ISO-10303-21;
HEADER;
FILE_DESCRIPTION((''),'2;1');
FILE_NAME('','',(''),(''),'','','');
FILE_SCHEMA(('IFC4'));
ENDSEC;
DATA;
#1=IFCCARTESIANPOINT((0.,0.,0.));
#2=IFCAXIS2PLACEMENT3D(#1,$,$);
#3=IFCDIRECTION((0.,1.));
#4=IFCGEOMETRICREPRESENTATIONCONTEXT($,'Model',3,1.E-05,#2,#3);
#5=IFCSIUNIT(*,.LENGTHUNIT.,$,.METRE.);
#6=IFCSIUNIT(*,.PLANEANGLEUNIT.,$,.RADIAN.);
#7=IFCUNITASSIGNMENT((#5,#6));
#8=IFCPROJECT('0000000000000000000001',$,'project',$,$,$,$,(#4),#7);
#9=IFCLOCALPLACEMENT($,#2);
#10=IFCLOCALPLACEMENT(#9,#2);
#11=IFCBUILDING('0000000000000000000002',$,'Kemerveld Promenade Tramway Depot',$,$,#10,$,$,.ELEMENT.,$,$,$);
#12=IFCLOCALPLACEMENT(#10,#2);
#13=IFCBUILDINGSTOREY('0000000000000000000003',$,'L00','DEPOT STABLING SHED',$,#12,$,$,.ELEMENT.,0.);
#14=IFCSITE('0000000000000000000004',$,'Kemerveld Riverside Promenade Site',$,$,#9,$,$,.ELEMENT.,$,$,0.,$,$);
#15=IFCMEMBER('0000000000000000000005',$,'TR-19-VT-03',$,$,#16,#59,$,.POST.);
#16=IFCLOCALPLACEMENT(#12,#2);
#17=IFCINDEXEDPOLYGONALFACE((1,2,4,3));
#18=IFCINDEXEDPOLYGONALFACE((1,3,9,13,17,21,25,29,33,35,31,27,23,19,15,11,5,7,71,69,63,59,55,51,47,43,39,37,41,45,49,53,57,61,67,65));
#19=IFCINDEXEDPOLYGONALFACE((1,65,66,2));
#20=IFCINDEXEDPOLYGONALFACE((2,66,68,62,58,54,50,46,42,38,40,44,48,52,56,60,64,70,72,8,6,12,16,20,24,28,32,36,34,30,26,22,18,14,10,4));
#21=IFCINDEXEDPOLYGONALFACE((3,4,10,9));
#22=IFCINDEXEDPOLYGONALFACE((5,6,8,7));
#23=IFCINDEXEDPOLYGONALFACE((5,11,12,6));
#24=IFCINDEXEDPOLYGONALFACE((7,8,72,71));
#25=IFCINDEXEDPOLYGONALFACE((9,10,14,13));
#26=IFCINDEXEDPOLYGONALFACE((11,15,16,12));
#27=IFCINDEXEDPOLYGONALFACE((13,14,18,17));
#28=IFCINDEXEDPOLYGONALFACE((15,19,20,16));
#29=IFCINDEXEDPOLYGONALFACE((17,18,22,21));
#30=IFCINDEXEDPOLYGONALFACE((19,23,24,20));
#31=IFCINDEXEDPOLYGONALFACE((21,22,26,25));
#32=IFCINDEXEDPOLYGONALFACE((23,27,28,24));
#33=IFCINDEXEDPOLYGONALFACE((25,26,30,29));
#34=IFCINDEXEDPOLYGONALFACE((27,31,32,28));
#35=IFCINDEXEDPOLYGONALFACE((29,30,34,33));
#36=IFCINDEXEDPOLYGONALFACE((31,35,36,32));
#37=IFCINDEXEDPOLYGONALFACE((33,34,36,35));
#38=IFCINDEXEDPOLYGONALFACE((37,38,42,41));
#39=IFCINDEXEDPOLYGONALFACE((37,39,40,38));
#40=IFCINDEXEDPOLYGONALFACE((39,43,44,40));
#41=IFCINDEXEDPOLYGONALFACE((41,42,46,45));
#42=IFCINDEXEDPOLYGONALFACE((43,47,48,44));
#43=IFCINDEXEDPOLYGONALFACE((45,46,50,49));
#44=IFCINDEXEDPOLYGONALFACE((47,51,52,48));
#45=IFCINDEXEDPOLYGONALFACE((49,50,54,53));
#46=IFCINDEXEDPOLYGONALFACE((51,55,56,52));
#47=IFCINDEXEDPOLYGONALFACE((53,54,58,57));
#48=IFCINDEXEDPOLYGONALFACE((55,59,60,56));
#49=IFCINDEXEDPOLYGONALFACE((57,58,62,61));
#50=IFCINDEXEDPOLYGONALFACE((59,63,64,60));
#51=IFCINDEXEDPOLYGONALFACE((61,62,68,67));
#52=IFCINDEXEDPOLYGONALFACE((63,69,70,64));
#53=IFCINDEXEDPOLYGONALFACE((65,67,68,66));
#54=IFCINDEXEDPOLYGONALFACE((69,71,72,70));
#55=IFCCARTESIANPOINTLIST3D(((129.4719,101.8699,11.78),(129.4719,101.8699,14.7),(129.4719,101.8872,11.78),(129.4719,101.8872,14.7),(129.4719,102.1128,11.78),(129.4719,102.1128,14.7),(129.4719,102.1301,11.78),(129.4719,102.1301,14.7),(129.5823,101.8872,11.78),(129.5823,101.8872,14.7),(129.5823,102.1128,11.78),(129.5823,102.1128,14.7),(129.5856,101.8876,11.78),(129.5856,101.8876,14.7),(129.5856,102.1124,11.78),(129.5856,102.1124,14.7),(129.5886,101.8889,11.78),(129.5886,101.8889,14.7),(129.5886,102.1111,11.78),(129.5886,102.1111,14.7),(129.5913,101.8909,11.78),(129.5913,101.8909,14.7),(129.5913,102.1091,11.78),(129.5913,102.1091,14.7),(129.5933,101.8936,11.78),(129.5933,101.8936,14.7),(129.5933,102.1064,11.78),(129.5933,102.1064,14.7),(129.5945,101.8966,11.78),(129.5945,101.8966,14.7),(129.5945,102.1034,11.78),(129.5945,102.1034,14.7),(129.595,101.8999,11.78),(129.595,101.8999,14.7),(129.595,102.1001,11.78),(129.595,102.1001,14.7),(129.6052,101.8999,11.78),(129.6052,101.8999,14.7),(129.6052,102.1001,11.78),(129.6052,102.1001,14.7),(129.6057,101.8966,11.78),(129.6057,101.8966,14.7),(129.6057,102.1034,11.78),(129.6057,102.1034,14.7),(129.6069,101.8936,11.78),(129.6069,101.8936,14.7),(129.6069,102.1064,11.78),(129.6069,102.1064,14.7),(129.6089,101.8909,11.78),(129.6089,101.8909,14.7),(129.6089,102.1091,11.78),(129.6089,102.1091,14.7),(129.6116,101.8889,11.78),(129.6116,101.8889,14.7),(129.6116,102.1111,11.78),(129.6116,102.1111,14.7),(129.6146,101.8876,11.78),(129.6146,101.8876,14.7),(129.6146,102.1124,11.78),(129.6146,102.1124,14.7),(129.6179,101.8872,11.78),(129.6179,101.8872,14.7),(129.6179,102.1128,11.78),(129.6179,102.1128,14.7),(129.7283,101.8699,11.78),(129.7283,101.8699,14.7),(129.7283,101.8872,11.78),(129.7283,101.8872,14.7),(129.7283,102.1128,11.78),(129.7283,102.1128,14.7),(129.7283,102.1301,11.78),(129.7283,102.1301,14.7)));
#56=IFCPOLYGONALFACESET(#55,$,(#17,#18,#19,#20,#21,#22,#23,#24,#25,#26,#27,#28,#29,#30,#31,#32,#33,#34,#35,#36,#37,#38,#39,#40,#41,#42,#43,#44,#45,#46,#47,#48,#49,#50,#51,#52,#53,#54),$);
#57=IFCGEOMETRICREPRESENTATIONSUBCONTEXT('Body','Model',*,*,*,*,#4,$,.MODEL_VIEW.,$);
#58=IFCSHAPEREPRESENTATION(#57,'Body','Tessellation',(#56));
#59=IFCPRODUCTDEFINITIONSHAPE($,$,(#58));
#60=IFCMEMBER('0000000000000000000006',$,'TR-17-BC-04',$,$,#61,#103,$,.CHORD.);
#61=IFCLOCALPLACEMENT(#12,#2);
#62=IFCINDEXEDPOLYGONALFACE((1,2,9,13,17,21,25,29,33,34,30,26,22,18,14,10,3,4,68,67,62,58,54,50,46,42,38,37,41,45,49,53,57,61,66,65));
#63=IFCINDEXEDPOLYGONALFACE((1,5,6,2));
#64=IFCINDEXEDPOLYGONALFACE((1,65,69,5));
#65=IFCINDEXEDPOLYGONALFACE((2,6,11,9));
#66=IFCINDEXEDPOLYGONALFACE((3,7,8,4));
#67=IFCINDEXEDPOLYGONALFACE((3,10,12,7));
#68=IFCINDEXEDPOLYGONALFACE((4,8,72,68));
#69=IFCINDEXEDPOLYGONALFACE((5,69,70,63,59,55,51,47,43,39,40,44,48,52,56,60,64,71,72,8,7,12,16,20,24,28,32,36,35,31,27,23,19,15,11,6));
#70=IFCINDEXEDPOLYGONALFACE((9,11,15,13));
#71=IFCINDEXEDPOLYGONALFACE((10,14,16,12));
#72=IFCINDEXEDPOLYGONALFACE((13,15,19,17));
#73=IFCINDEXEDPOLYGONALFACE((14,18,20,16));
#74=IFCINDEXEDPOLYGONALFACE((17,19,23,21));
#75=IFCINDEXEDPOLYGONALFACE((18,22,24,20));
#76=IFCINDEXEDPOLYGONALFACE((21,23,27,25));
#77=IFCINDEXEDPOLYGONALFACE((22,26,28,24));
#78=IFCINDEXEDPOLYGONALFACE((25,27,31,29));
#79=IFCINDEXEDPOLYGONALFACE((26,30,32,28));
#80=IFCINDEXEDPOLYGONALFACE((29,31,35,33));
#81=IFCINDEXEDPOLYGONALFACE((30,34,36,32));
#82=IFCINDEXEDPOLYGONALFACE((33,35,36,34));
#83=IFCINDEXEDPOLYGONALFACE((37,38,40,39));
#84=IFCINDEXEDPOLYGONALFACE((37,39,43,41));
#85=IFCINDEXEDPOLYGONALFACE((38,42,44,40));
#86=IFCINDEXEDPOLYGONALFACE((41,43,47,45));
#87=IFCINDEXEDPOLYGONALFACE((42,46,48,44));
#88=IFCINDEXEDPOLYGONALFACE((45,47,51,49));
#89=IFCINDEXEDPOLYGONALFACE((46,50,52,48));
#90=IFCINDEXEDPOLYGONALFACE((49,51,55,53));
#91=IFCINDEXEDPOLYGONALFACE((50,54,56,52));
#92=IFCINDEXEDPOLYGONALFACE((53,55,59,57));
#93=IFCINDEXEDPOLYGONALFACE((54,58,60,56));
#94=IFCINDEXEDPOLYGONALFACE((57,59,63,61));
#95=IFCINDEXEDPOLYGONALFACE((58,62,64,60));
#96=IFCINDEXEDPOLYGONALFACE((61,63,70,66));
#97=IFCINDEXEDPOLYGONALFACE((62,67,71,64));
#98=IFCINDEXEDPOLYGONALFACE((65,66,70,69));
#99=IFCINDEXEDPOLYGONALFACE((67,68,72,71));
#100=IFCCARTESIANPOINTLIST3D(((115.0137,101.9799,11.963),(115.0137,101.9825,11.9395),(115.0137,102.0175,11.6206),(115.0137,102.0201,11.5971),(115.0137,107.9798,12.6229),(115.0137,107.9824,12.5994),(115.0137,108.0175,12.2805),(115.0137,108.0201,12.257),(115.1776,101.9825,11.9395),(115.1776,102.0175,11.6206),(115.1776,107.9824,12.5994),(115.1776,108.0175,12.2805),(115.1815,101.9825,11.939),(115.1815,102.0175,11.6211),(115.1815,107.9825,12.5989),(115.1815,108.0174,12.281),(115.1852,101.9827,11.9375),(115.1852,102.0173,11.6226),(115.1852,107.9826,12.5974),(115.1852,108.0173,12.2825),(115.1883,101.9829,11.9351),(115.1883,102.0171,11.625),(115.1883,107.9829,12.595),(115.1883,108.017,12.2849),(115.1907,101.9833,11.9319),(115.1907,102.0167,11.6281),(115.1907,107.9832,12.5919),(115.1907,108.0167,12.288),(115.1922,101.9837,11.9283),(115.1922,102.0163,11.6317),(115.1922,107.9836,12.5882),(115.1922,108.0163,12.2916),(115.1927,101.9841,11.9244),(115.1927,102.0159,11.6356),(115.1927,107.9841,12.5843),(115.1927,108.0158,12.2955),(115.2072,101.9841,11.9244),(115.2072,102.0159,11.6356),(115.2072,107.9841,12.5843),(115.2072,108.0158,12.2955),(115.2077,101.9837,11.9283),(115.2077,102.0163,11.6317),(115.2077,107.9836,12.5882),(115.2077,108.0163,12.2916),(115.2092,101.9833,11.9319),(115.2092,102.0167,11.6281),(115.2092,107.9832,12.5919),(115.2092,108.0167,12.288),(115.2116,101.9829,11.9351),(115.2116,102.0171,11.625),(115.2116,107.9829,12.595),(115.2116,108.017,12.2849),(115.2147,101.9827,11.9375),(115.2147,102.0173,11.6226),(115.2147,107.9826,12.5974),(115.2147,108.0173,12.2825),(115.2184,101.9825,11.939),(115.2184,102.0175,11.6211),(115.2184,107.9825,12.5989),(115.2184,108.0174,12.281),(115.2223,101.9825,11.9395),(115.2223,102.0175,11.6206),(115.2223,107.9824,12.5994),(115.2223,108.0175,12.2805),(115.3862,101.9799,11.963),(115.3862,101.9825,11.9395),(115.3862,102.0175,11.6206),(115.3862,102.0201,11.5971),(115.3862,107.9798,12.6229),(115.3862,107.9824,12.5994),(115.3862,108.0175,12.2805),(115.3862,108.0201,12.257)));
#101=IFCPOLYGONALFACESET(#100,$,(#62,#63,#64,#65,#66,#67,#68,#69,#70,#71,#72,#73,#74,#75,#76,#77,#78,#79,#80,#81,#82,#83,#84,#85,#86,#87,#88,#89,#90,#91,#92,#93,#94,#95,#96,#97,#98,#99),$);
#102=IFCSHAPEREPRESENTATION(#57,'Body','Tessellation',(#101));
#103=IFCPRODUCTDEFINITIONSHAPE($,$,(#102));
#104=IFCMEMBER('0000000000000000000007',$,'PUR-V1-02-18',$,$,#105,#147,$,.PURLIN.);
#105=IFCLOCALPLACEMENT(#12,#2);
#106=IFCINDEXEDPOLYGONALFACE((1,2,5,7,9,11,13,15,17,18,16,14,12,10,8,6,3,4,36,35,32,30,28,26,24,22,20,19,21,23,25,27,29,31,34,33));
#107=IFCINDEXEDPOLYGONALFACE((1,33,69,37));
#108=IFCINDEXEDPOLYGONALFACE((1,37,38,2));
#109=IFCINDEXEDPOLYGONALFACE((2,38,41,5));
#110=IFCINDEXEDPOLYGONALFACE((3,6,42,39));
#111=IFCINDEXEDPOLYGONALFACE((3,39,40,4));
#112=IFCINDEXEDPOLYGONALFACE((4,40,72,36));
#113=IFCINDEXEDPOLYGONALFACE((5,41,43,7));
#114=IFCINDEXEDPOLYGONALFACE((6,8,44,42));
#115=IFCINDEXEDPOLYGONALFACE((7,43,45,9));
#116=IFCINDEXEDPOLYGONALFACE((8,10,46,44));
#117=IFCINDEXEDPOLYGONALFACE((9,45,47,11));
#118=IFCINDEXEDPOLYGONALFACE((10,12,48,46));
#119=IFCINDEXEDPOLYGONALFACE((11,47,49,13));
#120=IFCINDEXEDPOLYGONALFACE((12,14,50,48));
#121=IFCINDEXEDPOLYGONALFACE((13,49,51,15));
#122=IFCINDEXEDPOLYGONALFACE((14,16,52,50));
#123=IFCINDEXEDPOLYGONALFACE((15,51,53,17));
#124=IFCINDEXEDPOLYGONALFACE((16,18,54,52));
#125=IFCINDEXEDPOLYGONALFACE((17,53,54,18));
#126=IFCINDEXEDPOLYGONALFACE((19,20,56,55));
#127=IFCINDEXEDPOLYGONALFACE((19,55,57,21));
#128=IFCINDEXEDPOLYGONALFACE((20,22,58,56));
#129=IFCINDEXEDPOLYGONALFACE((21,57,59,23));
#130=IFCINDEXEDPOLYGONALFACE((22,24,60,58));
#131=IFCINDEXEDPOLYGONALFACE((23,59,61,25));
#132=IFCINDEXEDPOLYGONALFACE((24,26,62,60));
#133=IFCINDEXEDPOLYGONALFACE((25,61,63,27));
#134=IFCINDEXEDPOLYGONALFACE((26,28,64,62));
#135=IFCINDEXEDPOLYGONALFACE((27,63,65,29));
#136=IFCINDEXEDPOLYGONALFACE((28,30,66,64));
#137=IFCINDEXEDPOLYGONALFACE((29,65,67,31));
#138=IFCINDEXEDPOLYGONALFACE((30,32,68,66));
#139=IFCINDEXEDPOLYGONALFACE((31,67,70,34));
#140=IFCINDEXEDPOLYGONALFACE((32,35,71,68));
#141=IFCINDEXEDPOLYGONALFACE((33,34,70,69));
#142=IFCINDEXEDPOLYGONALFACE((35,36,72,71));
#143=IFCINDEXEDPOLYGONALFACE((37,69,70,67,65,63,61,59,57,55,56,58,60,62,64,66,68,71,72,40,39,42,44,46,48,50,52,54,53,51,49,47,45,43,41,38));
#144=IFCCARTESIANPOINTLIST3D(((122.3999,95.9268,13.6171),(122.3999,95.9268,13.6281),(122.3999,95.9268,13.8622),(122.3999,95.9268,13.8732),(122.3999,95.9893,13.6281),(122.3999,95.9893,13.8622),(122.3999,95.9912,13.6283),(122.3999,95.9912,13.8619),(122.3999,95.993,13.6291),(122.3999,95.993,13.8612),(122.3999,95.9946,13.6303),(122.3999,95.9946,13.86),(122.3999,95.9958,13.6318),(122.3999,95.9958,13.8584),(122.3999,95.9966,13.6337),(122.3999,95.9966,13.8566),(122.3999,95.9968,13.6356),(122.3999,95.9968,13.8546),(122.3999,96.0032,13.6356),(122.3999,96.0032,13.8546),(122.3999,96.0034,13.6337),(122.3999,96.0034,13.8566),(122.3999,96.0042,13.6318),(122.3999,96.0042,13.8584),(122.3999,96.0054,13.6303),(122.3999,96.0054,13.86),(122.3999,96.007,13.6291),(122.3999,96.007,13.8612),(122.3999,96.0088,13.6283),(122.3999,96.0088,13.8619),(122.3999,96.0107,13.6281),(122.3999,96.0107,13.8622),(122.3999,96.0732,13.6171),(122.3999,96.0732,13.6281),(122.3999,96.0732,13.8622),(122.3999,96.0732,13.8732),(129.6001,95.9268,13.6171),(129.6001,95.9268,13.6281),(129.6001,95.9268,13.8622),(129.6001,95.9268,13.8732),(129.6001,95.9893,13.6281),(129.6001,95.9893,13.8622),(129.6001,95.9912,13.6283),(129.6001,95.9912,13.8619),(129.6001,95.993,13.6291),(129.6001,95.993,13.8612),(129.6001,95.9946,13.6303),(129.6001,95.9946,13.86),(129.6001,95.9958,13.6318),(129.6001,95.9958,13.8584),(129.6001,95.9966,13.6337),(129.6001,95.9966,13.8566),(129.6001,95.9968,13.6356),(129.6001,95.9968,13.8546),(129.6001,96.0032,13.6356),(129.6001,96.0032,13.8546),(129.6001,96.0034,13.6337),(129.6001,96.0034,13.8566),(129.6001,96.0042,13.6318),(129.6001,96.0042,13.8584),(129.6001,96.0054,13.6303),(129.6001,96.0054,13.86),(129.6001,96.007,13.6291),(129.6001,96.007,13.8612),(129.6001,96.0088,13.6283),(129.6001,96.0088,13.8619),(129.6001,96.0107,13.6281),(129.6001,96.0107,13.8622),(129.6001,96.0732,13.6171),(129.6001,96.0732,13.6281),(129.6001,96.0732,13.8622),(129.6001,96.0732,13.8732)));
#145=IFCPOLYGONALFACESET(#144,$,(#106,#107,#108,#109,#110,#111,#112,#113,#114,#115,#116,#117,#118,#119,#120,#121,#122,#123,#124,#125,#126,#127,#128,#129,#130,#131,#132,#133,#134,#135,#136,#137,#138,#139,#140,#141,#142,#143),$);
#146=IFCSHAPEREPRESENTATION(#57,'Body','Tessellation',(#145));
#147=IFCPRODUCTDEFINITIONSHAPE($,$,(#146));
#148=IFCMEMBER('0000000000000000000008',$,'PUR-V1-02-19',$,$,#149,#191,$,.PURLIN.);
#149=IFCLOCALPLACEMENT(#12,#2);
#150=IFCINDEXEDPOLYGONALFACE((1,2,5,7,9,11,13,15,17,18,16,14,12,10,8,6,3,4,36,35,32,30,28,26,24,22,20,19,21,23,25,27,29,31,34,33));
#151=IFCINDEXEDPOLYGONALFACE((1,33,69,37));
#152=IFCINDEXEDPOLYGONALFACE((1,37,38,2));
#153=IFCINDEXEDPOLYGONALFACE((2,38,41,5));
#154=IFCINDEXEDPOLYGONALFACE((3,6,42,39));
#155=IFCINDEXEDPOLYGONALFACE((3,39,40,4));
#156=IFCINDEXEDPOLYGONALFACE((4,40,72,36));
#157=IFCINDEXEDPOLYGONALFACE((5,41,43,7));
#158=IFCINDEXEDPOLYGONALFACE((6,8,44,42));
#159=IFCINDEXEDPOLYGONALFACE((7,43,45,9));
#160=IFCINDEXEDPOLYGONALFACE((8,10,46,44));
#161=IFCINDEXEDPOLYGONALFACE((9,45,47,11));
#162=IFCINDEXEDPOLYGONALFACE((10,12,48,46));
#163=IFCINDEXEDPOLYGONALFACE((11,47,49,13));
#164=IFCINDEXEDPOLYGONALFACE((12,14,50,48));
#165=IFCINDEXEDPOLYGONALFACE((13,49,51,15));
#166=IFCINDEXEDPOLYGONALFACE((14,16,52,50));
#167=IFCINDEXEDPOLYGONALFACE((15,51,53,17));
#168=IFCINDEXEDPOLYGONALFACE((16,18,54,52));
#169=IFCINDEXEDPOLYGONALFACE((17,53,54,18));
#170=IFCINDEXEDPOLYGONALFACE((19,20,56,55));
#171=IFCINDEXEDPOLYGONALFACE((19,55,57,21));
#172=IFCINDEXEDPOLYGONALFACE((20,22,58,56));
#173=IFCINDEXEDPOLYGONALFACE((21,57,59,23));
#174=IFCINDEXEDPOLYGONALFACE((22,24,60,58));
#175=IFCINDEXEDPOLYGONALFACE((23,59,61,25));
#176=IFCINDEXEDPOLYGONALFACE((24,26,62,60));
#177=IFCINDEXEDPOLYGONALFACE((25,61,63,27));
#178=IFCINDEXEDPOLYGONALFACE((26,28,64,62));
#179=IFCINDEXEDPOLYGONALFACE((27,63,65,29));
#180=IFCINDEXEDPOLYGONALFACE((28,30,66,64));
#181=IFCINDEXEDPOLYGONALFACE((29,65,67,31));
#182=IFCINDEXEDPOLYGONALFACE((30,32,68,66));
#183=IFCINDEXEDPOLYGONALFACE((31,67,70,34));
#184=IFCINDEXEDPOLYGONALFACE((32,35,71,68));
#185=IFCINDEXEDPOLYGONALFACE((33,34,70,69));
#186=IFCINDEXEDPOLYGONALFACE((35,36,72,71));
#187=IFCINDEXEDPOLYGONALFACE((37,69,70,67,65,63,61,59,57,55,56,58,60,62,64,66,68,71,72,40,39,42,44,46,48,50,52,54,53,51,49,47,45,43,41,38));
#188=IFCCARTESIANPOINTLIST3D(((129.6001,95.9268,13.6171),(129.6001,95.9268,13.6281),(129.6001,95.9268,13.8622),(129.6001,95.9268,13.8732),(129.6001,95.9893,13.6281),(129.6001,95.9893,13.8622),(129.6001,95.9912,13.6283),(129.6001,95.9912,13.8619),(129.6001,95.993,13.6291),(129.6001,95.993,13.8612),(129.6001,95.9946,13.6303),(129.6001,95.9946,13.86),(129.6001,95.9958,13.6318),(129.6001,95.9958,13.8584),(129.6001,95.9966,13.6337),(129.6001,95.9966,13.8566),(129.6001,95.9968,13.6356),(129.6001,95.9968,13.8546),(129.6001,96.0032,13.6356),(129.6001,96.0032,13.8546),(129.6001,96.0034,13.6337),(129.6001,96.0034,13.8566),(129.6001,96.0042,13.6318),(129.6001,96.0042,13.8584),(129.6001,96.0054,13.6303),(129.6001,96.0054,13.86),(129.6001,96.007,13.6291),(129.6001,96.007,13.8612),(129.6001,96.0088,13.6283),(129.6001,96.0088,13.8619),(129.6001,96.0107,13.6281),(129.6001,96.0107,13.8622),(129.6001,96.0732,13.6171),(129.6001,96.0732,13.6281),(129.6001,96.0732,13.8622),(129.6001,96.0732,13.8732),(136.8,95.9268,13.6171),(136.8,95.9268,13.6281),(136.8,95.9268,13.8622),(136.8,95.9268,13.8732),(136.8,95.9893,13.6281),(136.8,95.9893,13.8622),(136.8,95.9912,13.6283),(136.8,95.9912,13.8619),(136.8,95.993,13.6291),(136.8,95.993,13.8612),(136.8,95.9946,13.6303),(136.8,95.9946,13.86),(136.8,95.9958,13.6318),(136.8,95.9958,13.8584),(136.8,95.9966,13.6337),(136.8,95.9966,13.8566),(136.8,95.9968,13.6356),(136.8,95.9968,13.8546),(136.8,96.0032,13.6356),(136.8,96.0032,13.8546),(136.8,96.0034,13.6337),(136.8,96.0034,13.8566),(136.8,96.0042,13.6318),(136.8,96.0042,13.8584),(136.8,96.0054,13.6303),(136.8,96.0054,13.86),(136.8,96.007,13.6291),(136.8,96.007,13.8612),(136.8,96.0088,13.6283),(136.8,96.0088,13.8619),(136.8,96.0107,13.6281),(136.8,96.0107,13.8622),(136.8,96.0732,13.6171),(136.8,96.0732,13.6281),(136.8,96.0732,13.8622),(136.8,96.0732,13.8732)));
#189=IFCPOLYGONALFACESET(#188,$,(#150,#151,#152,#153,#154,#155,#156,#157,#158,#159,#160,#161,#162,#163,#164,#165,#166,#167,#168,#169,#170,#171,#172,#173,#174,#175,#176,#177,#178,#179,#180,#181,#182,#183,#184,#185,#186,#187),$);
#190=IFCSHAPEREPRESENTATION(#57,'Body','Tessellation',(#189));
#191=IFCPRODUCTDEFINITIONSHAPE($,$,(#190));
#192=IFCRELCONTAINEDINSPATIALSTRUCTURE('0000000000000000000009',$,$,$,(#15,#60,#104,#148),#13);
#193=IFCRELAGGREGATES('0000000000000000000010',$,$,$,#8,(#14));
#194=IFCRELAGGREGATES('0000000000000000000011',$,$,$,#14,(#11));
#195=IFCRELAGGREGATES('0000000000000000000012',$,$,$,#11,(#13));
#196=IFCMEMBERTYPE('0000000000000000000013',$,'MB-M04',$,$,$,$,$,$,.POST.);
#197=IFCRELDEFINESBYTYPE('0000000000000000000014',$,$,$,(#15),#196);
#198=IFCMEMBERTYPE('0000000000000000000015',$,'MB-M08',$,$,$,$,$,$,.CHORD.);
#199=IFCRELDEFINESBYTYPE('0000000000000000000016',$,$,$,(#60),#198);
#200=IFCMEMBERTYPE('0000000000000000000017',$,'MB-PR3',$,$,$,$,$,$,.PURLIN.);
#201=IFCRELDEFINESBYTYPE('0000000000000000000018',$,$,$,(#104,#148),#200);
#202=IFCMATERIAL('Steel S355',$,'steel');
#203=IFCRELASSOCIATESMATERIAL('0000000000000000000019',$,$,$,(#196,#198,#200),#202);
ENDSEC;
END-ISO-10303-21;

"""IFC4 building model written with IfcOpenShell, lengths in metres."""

from ifc_helpers import new_model, si_unit, direction, frame, origin, origin_2d, place, context, subcontext, project, spatial, i_section, extrude, material, material_profile, profile_set, type_object, element, save


model = new_model("IFC4")

# Units and contexts
model_context = context("Model", 3, precision=1e-05, world=origin(), true_north=direction((0.0, 1.0)))
body_context = subcontext(model_context, "Body", "Model", "MODEL_VIEW")
ifc_project = project(units=[si_unit("LENGTHUNIT", "METRE"), si_unit("PLANEANGLEUNIT", "RADIAN")], contexts=[model_context])

# Site, building, storey
site_placement = place(None, origin())
site = spatial("IfcSite", under=ifc_project, at=site_placement, Name="Kemerveld Riverside Promenade Site", CompositionType="ELEMENT", RefElevation=0.0)
building_placement = place(site_placement, origin())
building = spatial("IfcBuilding", under=site, at=building_placement, Name="Kemerveld Promenade Tramway Depot", CompositionType="ELEMENT")
storey_placement = place(building_placement, origin())
storey = spatial("IfcBuildingStorey", under=building, at=storey_placement, Name="L00", Description="DEPOT STABLING SHED", CompositionType="ELEMENT", Elevation=0.0)

# Members
ifc_material_1 = material(Name="Steel S355", Category="steel")
ifc_material_profile_1 = material_profile(ifc_material_1, i_section(OverallWidth=0.2563, OverallDepth=0.2603, WebThickness=0.0103, FlangeThickness=0.0173, FilletRadius=0.0127, at=origin_2d()), Name="254x254x89 UC")
ifc_profile_set_1 = profile_set([ifc_material_profile_1], Name="Steel S355")
member_type_1 = type_object("IfcMemberType", Name="MB-M04", PredefinedType="POST", material=ifc_profile_set_1)
member_1_placement = place(storey_placement, frame((129.6001, 102.0, 11.78), z_axis=(0.0, 0.0, 1.0), x_axis=(1.0, 0.0, 0.0)))
element("IfcMember", 1, at=member_1_placement, inside=storey, type_object=member_type_1, Name="TR-19-VT-03", PredefinedType="POST", context=body_context, shape_type="SweptSolid", body=[
    extrude(i_section(OverallWidth=0.2563, OverallDepth=0.2603, WebThickness=0.0103, FlangeThickness=0.0173, FilletRadius=0.0127, at=origin_2d()), origin(), (0.0, 0.0, 1.0), 2.9199),
])
ifc_material_profile_2 = material_profile(ifc_material_1, i_section(OverallWidth=0.3726, OverallDepth=0.3682, WebThickness=0.0144, FlangeThickness=0.0237, FilletRadius=0.0151, at=origin_2d()), Name="356x368x177 UC")
ifc_profile_set_2 = profile_set([ifc_material_profile_2], Name="Steel S355")
member_type_2 = type_object("IfcMemberType", Name="MB-M08", PredefinedType="CHORD", material=ifc_profile_set_2)
member_2_placement = place(storey_placement, frame((115.2, 102.0, 11.78), z_axis=(0.0, 0.994006, 0.109326), x_axis=(-1.0, 0.0, 0.0)))
element("IfcMember", 2, at=member_2_placement, inside=storey, type_object=member_type_2, Name="TR-17-BC-04", PredefinedType="CHORD", context=body_context, shape_type="SweptSolid", body=[
    extrude(i_section(OverallWidth=0.3726, OverallDepth=0.3682, WebThickness=0.0144, FlangeThickness=0.0237, FilletRadius=0.0151, at=origin_2d()), origin(), (0.0, 0.0, 1.0), 6.0361),
])
ifc_material_profile_3 = material_profile(ifc_material_1, i_section(OverallWidth=0.1465, OverallDepth=0.2561, WebThickness=0.0063, FlangeThickness=0.011, FilletRadius=0.0076, at=origin_2d()), Name="254x146x37 UB")
ifc_profile_set_3 = profile_set([ifc_material_profile_3], Name="Steel S355")
member_type_3 = type_object("IfcMemberType", Name="MB-PR3", PredefinedType="PURLIN", material=ifc_profile_set_3)
member_3_placement = place(storey_placement, frame((122.3999, 96.0, 13.7451), z_axis=(1.0, 0.0, 0.0), x_axis=(0.0, 1.0, 0.0)))
element("IfcMember", 3, at=member_3_placement, inside=storey, type_object=member_type_3, Name="PUR-V1-02-18", PredefinedType="PURLIN", context=body_context, shape_type="SweptSolid", body=[
    extrude(i_section(OverallWidth=0.1465, OverallDepth=0.2561, WebThickness=0.0063, FlangeThickness=0.011, FilletRadius=0.0076, at=origin_2d()), origin(), (0.0, 0.0, 1.0), 7.2002),
])
member_4_placement = place(storey_placement, frame((129.6001, 96.0, 13.7451), z_axis=(1.0, 0.0, 0.0), x_axis=(0.0, 1.0, 0.0)))
element("IfcMember", 4, at=member_4_placement, inside=storey, type_object=member_type_3, Name="PUR-V1-02-19", PredefinedType="PURLIN", context=body_context, shape_type="SweptSolid", body=[
    extrude(i_section(OverallWidth=0.1465, OverallDepth=0.2561, WebThickness=0.0063, FlangeThickness=0.011, FilletRadius=0.0076, at=origin_2d()), origin(), (0.0, 0.0, 1.0), 7.2),
])

save(model, "model.ifc")
